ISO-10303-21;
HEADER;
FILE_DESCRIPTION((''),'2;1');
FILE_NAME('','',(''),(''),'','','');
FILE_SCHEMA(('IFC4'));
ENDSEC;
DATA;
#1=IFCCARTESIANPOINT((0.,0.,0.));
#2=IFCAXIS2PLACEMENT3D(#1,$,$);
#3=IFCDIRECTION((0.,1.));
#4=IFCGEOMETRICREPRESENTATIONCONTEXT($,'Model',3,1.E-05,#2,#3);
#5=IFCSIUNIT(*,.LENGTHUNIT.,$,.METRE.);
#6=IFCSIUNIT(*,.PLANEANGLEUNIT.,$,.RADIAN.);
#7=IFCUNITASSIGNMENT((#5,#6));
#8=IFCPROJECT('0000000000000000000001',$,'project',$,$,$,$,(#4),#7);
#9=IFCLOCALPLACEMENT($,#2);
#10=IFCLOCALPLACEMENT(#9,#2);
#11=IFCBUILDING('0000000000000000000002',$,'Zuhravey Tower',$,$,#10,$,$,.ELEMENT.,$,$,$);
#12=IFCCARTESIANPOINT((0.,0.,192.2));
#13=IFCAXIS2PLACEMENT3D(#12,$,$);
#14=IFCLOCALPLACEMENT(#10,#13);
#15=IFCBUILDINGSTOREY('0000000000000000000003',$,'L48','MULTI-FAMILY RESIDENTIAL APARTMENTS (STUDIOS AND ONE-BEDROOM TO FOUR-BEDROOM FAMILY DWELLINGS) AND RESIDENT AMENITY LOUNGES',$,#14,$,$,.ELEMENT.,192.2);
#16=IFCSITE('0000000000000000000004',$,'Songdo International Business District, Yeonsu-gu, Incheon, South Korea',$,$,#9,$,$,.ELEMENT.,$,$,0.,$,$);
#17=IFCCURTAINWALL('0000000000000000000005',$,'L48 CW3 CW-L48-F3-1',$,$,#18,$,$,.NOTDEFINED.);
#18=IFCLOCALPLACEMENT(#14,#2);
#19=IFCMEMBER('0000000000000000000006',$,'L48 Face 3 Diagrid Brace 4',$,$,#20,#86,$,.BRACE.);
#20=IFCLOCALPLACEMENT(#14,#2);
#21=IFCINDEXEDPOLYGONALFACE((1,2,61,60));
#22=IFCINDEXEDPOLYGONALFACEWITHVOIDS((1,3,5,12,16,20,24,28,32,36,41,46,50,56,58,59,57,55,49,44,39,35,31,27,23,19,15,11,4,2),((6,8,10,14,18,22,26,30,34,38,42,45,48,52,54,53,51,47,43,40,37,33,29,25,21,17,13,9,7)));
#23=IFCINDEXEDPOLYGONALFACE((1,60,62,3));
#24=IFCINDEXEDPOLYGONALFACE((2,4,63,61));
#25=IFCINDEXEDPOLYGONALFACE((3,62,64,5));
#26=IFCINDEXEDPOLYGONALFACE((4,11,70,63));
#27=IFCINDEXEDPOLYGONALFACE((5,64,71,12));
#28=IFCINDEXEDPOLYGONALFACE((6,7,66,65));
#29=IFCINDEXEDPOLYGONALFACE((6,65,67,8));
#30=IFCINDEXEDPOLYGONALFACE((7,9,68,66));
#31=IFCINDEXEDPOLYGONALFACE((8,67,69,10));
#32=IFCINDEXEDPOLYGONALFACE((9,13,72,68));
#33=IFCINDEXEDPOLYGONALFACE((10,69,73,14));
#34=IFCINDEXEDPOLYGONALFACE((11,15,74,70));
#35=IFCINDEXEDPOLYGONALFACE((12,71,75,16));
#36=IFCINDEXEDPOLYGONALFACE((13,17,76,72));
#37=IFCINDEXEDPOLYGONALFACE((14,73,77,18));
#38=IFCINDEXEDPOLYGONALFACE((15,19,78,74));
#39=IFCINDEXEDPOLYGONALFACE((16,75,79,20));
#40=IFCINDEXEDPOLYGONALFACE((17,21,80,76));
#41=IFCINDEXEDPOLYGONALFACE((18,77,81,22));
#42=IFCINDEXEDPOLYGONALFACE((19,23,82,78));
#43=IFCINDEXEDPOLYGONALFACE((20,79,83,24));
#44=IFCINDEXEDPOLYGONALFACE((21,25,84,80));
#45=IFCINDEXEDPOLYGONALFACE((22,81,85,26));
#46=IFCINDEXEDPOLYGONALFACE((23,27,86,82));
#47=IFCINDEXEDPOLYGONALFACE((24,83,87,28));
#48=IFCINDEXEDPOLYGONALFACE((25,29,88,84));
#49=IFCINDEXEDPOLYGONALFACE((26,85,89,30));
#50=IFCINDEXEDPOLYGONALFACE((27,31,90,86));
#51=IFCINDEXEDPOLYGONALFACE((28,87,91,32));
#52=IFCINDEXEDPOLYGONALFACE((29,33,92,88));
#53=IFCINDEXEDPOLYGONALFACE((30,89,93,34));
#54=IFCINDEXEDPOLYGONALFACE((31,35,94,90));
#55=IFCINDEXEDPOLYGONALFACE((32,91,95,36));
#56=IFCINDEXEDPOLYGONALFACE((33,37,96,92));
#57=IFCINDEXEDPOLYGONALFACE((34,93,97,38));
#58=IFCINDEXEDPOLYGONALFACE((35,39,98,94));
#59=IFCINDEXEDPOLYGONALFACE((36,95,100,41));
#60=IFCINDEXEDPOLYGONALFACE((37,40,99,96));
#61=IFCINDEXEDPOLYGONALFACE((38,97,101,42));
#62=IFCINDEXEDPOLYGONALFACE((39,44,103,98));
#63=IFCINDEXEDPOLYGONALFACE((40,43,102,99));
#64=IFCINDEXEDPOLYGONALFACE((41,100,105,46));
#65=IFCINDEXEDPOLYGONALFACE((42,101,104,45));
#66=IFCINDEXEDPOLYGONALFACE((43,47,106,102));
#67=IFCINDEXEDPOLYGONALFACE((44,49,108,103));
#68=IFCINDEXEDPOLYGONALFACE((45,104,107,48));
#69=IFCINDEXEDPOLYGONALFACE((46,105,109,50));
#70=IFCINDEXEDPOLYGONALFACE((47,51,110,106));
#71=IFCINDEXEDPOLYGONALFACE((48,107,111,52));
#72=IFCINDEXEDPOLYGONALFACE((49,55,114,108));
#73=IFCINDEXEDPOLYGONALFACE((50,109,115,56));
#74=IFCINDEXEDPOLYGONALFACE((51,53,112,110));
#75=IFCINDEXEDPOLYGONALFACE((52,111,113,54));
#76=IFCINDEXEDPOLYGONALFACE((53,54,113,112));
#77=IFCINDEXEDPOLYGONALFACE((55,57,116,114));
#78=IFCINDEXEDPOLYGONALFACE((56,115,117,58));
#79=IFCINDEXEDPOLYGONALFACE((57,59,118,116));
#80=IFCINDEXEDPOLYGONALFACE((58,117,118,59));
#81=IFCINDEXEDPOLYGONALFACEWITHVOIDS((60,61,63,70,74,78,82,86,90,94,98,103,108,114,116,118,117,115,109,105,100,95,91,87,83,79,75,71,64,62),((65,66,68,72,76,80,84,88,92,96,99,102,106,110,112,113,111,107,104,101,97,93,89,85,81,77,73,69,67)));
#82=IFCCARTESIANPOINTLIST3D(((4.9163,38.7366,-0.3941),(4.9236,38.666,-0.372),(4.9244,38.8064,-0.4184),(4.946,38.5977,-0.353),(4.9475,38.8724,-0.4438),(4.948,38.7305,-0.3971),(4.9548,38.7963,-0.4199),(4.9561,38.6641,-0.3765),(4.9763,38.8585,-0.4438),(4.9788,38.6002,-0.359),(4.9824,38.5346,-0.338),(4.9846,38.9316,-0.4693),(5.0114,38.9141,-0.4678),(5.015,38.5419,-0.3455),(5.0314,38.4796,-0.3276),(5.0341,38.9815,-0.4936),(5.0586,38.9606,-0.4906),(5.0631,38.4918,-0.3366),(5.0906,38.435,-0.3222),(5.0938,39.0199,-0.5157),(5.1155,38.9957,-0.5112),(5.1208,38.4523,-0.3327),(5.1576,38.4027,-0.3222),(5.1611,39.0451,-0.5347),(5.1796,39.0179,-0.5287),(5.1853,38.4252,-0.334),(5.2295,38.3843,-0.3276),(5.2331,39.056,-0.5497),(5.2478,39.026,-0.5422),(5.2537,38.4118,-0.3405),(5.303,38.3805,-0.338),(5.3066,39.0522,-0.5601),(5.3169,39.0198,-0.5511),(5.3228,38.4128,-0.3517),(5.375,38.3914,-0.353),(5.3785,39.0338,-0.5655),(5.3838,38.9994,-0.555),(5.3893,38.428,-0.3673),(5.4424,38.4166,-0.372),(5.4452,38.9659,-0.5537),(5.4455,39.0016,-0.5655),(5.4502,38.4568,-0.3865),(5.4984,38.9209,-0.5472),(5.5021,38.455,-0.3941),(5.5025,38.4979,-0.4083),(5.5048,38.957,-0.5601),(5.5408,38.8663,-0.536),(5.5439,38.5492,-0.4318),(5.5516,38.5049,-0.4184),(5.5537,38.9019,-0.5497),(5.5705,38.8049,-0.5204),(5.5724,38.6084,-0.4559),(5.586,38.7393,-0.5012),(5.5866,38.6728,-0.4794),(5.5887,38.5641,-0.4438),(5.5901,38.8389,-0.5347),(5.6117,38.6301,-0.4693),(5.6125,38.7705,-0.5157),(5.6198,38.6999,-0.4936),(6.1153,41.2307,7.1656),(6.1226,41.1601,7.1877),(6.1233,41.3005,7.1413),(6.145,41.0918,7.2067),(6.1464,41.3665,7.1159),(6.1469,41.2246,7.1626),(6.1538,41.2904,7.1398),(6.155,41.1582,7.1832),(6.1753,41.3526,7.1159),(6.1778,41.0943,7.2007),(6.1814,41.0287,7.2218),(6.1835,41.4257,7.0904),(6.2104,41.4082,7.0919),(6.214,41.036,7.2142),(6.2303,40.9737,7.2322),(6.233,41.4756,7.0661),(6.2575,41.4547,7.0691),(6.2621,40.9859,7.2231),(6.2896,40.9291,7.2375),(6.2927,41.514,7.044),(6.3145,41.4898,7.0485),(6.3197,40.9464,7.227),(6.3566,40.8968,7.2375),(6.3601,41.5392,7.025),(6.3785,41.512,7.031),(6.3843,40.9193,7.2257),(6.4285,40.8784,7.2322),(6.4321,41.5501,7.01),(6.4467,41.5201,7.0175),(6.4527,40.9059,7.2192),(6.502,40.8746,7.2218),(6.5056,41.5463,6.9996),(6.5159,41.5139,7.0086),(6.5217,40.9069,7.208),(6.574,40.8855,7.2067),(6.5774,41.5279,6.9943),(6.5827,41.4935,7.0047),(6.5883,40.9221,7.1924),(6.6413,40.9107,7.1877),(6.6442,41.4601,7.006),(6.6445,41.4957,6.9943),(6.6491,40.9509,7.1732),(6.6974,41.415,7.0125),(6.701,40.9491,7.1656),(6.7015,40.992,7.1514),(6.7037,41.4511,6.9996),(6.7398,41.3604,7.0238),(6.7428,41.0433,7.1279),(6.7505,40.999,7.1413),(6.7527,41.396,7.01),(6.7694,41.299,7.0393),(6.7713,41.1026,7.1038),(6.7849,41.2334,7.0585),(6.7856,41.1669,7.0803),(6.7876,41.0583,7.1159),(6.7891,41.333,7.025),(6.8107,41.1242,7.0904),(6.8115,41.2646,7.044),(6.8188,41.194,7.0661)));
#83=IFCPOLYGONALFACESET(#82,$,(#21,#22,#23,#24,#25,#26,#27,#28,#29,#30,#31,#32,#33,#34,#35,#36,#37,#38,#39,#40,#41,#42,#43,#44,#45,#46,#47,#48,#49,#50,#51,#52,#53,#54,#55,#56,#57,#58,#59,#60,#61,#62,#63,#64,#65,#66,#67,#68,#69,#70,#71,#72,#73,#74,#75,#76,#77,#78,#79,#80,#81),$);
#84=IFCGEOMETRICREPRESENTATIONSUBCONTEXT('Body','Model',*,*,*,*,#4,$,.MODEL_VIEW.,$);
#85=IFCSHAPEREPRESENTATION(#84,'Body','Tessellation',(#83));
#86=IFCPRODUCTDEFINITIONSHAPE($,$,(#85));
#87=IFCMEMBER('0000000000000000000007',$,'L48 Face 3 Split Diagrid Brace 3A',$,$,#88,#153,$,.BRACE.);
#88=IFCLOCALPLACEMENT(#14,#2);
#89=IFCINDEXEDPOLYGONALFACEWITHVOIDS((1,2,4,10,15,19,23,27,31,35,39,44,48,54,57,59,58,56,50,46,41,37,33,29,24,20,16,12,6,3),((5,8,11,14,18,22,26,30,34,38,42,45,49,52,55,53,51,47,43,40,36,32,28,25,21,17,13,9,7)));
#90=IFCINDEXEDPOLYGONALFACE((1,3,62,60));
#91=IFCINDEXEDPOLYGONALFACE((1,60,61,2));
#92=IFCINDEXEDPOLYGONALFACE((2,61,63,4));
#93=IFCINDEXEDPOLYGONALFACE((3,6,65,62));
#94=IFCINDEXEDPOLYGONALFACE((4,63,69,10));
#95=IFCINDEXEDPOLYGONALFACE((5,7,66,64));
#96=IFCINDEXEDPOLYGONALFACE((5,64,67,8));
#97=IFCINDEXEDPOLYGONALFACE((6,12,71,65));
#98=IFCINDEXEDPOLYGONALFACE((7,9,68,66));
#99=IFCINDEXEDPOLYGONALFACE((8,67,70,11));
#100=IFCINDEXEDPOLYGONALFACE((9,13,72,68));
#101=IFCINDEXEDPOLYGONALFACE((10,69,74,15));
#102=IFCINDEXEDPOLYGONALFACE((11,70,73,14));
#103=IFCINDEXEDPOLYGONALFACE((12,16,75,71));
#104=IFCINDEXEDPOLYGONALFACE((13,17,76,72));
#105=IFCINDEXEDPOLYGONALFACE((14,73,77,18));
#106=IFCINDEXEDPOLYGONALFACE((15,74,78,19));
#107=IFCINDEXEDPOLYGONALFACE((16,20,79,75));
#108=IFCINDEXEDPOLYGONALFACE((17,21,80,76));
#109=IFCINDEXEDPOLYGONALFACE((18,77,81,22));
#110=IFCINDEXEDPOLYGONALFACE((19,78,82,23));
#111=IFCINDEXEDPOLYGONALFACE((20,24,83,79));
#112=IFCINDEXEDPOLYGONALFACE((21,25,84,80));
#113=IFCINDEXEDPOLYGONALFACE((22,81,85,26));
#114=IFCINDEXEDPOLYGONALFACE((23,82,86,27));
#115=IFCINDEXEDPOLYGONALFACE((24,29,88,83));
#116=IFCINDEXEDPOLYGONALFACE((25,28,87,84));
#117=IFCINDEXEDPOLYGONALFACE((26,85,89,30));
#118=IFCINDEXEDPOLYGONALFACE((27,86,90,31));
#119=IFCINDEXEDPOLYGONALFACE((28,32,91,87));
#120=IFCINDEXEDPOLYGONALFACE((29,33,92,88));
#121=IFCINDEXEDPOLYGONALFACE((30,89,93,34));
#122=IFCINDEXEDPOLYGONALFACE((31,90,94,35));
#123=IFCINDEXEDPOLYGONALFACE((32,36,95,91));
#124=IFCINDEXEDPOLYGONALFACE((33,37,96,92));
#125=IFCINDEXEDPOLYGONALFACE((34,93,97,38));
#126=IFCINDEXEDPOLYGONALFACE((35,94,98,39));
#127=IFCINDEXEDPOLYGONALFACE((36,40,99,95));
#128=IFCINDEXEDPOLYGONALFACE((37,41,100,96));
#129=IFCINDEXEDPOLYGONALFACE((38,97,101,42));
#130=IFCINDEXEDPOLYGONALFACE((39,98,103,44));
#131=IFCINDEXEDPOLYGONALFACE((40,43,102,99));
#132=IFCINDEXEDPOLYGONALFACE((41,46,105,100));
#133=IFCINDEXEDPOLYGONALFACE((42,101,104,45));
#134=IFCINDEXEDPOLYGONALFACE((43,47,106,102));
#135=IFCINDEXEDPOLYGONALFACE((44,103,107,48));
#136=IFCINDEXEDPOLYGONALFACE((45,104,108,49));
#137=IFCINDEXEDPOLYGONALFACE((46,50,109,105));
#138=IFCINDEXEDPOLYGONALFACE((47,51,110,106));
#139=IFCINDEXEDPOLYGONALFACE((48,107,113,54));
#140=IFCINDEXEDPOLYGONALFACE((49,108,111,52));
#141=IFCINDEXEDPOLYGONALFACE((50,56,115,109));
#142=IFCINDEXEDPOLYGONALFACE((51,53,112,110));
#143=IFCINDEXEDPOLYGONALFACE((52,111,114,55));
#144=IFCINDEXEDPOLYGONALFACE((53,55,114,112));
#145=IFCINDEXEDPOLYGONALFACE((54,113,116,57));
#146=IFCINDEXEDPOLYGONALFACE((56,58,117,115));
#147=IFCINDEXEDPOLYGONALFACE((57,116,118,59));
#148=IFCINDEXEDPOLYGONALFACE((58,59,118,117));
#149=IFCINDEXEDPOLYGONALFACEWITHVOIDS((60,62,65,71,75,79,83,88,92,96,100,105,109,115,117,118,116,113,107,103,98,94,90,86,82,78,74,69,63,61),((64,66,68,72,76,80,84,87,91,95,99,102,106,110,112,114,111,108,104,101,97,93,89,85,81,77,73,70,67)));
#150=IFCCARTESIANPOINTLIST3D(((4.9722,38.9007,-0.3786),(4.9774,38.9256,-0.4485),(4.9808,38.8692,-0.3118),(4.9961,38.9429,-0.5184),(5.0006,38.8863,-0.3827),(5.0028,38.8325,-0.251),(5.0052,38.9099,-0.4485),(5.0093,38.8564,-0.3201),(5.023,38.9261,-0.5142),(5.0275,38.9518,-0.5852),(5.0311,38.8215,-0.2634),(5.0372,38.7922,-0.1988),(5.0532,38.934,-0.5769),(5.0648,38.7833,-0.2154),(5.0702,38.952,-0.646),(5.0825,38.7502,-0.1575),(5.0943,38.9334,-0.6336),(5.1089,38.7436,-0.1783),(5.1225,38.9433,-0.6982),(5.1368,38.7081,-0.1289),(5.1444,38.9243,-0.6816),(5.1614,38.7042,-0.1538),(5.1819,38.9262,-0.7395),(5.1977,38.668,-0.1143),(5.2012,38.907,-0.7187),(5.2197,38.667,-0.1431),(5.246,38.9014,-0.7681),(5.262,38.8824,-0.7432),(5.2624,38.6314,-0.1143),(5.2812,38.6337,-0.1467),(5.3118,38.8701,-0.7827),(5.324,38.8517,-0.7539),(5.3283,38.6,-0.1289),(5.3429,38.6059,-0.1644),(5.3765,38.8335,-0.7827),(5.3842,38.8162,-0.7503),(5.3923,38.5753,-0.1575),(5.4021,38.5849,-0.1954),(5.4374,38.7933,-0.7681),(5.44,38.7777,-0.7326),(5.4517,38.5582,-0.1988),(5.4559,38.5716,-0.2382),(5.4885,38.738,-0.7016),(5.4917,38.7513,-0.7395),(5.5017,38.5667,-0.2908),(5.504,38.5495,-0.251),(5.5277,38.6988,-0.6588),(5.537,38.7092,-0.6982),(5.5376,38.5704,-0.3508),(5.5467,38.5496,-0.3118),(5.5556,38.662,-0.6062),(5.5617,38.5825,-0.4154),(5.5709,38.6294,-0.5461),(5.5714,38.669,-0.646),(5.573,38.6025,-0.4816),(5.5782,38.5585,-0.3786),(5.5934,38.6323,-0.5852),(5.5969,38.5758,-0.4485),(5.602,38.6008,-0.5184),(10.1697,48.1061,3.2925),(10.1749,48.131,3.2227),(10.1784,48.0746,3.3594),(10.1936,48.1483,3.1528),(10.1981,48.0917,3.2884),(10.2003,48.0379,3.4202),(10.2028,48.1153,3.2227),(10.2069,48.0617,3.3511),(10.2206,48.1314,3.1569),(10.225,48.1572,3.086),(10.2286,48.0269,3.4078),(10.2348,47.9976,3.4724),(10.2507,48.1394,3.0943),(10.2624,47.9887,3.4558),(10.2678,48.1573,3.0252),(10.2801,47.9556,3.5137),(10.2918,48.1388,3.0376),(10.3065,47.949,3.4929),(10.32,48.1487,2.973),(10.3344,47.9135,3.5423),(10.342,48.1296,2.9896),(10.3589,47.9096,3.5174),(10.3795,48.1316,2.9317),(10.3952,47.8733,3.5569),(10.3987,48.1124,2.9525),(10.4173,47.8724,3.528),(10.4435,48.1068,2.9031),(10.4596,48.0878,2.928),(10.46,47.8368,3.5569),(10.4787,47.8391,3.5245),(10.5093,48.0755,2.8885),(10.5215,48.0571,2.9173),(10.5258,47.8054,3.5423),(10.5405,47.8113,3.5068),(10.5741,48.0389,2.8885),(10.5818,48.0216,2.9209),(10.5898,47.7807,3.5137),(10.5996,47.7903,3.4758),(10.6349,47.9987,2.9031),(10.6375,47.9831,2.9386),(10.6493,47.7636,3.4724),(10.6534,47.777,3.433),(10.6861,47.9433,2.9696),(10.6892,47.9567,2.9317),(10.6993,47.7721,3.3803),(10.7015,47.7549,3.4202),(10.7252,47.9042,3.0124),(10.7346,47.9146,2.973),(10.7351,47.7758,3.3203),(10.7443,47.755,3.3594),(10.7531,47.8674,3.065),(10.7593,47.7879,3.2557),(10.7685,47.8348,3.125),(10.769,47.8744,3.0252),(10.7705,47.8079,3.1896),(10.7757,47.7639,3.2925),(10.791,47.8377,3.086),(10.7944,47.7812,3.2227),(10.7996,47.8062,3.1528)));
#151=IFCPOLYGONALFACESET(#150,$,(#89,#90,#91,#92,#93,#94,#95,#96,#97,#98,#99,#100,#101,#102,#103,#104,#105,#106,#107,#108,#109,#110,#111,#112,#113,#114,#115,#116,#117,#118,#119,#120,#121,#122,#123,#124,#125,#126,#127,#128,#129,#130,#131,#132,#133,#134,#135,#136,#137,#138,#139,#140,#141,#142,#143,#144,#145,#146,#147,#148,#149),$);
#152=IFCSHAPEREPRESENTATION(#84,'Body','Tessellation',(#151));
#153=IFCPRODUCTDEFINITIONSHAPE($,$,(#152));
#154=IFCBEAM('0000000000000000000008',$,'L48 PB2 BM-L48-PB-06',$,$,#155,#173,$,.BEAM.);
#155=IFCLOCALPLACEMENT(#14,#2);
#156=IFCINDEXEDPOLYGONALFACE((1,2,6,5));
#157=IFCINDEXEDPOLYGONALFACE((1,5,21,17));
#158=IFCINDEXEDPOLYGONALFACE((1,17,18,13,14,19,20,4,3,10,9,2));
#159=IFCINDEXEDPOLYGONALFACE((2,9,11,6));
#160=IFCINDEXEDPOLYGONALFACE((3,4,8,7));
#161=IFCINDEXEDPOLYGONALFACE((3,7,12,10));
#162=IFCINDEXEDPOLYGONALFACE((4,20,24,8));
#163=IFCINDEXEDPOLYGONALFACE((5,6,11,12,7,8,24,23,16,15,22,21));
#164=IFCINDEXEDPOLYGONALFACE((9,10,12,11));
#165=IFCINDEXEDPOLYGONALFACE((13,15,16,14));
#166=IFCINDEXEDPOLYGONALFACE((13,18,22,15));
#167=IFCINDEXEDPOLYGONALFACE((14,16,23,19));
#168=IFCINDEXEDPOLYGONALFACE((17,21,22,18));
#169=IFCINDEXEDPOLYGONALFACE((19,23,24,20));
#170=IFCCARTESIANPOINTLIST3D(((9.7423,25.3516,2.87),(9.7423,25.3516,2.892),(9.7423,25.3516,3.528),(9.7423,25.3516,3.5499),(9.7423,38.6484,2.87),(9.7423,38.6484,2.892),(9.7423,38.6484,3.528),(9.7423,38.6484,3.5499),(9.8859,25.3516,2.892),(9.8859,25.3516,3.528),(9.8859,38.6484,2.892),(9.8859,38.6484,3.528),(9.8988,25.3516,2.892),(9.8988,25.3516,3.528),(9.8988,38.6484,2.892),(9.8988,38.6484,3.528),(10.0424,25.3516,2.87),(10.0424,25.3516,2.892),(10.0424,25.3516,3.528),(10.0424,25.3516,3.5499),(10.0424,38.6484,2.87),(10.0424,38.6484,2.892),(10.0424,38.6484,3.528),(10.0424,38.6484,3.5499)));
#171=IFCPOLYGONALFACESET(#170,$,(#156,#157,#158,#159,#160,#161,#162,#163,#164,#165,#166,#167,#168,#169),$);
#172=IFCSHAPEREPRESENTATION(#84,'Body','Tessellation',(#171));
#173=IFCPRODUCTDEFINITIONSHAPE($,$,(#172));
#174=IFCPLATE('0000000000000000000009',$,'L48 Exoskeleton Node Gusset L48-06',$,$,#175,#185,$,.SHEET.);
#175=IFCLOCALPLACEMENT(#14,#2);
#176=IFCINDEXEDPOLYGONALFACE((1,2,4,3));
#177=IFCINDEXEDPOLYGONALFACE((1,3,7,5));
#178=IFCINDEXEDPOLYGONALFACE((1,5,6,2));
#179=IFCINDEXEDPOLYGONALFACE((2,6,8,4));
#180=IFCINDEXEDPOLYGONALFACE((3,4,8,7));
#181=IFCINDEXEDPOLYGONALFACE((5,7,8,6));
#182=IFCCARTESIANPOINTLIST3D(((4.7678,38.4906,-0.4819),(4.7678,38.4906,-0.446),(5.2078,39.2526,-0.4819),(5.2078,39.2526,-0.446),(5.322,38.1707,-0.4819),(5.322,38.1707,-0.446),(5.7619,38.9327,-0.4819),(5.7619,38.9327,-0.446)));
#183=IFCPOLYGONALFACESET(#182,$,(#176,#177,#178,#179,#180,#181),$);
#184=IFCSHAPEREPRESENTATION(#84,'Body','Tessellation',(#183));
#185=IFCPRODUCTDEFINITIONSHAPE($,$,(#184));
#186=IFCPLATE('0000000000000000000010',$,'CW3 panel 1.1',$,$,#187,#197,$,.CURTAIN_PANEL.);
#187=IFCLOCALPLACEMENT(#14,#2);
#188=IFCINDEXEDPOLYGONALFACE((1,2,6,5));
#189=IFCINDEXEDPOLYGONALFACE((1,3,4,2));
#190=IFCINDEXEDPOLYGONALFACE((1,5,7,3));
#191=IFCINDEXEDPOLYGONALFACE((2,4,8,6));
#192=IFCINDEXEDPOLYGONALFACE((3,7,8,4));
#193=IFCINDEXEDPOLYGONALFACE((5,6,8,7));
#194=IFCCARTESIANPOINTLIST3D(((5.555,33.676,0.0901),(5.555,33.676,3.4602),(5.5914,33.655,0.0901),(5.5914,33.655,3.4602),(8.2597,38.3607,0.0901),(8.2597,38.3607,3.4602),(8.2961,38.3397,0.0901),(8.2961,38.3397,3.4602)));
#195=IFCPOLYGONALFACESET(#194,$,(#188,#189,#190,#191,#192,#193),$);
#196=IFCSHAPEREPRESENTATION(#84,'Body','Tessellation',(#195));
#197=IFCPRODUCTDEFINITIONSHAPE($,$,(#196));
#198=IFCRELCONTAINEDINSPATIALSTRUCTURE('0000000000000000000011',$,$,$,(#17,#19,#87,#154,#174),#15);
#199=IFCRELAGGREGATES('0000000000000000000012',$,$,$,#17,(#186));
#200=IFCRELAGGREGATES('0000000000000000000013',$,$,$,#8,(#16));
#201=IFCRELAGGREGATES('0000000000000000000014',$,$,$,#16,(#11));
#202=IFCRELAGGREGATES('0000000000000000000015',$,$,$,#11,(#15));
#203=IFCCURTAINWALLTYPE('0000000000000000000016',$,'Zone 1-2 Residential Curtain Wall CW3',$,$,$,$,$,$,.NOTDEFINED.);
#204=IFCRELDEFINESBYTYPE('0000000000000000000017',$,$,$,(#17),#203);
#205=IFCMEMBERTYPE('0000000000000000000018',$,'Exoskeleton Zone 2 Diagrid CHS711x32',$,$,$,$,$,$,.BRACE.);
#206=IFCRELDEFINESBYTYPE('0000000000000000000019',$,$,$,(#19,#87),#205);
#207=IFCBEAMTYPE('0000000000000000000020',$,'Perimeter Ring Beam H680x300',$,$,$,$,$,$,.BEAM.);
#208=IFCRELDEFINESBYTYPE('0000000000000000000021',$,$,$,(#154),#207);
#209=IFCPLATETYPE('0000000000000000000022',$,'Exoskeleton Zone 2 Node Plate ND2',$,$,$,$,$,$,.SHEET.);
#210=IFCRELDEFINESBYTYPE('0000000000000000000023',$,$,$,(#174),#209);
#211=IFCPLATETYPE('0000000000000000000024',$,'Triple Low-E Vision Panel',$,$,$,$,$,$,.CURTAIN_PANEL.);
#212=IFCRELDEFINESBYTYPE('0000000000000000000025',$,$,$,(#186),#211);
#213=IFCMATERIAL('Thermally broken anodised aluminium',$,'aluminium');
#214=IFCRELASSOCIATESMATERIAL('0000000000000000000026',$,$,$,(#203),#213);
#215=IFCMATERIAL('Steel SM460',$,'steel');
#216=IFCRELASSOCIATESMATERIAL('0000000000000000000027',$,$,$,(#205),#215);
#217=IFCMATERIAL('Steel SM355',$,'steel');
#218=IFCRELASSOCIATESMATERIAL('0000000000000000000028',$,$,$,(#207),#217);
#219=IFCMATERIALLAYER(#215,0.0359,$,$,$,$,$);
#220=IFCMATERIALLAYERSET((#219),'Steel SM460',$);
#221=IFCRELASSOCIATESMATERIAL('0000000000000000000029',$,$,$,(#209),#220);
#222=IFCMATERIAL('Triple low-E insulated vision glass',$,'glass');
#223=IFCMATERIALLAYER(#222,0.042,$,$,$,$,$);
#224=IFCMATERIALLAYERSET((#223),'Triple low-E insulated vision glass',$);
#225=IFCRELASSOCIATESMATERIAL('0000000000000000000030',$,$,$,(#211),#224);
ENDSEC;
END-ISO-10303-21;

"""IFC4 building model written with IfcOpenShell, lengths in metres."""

from ifc_helpers import new_model, si_unit, direction, frame, origin, origin_2d, place, context, subcontext, project, spatial, rectangle, hollow_circle, i_section, extrude, material, layer, layer_set, material_profile, profile_set, type_object, element, aggregate, save


model = new_model("IFC4")

# Units and contexts
model_context = context("Model", 3, precision=1e-05, world=origin(), true_north=direction((0.0, 1.0)))
body_context = subcontext(model_context, "Body", "Model", "MODEL_VIEW")
ifc_project = project(units=[si_unit("LENGTHUNIT", "METRE"), si_unit("PLANEANGLEUNIT", "RADIAN")], contexts=[model_context])

# Site, building, storey
site_placement = place(None, origin())
site = spatial("IfcSite", under=ifc_project, at=site_placement, Name="Songdo International Business District, Yeonsu-gu, Incheon, South Korea", CompositionType="ELEMENT", RefElevation=0.0)
building_placement = place(site_placement, origin())
building = spatial("IfcBuilding", under=site, at=building_placement, Name="Zuhravey Tower", CompositionType="ELEMENT")
storey_placement = place(building_placement, frame((0.0, 0.0, 192.2)))
storey = spatial("IfcBuildingStorey", under=building, at=storey_placement, Name="L48", Description="MULTI-FAMILY RESIDENTIAL APARTMENTS (STUDIOS AND ONE-BEDROOM TO FOUR-BEDROOM FAMILY DWELLINGS) AND RESIDENT AMENITY LOUNGES", CompositionType="ELEMENT", Elevation=192.2)

# Curtain wall
ifc_material_1 = material(Name="Thermally broken anodised aluminium", Category="aluminium")
curtain_wall_type = type_object("IfcCurtainWallType", Name="Zone 1-2 Residential Curtain Wall CW3", PredefinedType="NOTDEFINED", material=ifc_material_1)
curtain_wall_placement = place(storey_placement, origin())
curtain_wall = element("IfcCurtainWall", 1, at=curtain_wall_placement, inside=storey, type_object=curtain_wall_type, Name="L48 CW3 CW-L48-F3-1", PredefinedType="NOTDEFINED")

# Members
ifc_material_2 = material(Name="Steel SM460", Category="steel")
ifc_material_profile_1 = material_profile(ifc_material_2, hollow_circle(Radius=0.3557, WallThickness=0.032, at=origin_2d()), Name="CHS-711.2x32")
ifc_profile_set_1 = profile_set([ifc_material_profile_1], Name="Steel SM460")
member_type_1 = type_object("IfcMemberType", Name="Exoskeleton Zone 2 Diagrid CHS711x32", PredefinedType="BRACE", material=ifc_profile_set_1)
member_1_placement = place(storey_placement, frame((5.2681, 38.7183, -0.4438), z_axis=(0.148933, 0.309815, 0.93906), x_axis=(-0.901271, 0.433256, 0.0)))
element("IfcMember", 2, at=member_1_placement, inside=storey, type_object=member_type_1, Name="L48 Face 3 Diagrid Brace 4", PredefinedType="BRACE", context=body_context, shape_type="SweptSolid", body=[
    extrude(hollow_circle(Radius=0.3557, WallThickness=0.032, at=origin_2d()), origin(), (0.0, 0.0, 1.0), 8.0503),
])
member_2_placement = place(storey_placement, frame((5.2871, 38.7507, -0.4485), z_axis=(0.464454, 0.822595, 0.328056), x_axis=(-0.870786, 0.491663, 0.0)))
element("IfcMember", 3, at=member_2_placement, inside=storey, type_object=member_type_1, Name="L48 Face 3 Split Diagrid Brace 3A", PredefinedType="BRACE", context=body_context, shape_type="SweptSolid", body=[
    extrude(hollow_circle(Radius=0.3557, WallThickness=0.032, at=origin_2d()), origin(), (0.0, 0.0, 1.0), 11.1907),
])

# Beam
ifc_material_3 = material(Name="Steel SM355", Category="steel")
ifc_material_profile_2 = material_profile(ifc_material_3, i_section(OverallWidth=0.3, OverallDepth=0.6799, WebThickness=0.0129, FlangeThickness=0.022, at=origin_2d()), Name="H-680x300x13x22")
ifc_profile_set_2 = profile_set([ifc_material_profile_2], Name="Steel SM355")
beam_type = type_object("IfcBeamType", Name="Perimeter Ring Beam H680x300", PredefinedType="BEAM", material=ifc_profile_set_2)
beam_placement = place(storey_placement, frame((9.8923, 38.6484, 3.21), z_axis=(0.0, -1.0, 0.0), x_axis=(1.0, 0.0, 0.0)))
element("IfcBeam", 4, at=beam_placement, inside=storey, type_object=beam_type, Name="L48 PB2 BM-L48-PB-06", PredefinedType="BEAM", context=body_context, shape_type="SweptSolid", body=[
    extrude(i_section(OverallWidth=0.3, OverallDepth=0.6799, WebThickness=0.0129, FlangeThickness=0.022, at=origin_2d()), origin(), (0.0, 0.0, 1.0), 13.2969),
])

# Plates
ifc_layer_1 = layer(ifc_material_2, 0.0359)
ifc_layer_set_1 = layer_set([ifc_layer_1], Name="Steel SM460")
plate_type_1 = type_object("IfcPlateType", Name="Exoskeleton Zone 2 Node Plate ND2", PredefinedType="SHEET", material=ifc_layer_set_1)
plate_1_placement = place(storey_placement, frame((5.2649, 38.7117, -0.4819), z_axis=(0.0, 0.0, 1.0), x_axis=(-0.5, -0.866025, 0.0)))
element("IfcPlate", 5, at=plate_1_placement, inside=storey, type_object=plate_type_1, Name="L48 Exoskeleton Node Gusset L48-06", PredefinedType="SHEET", context=body_context, shape_type="SweptSolid", body=[
    extrude(rectangle(XDim=0.8799, YDim=0.6399, at=origin_2d()), origin(), (0.0, 0.0, 1.0), 0.0359),
])
ifc_material_4 = material(Name="Triple low-E insulated vision glass", Category="glass")
ifc_layer_2 = layer(ifc_material_4, 0.042)
ifc_layer_set_2 = layer_set([ifc_layer_2], Name="Triple low-E insulated vision glass")
plate_type_2 = type_object("IfcPlateType", Name="Triple Low-E Vision Panel", PredefinedType="CURTAIN_PANEL", material=ifc_layer_set_2)
plate_2_placement = place(storey_placement, frame((6.9255, 36.0078, 0.0901), z_axis=(0.0, 0.0, 1.0), x_axis=(0.5, 0.866025, 0.0)))
plate_2 = element("IfcPlate", 6, at=plate_2_placement, type_object=plate_type_2, Name="CW3 panel 1.1", PredefinedType="CURTAIN_PANEL", context=body_context, shape_type="SweptSolid", body=[
    extrude(rectangle(XDim=5.4094, YDim=0.042, at=origin_2d()), origin(), (0.0, 0.0, 1.0), 3.3701),
])
aggregate(curtain_wall, [plate_2])

save(model, "model.ifc")
